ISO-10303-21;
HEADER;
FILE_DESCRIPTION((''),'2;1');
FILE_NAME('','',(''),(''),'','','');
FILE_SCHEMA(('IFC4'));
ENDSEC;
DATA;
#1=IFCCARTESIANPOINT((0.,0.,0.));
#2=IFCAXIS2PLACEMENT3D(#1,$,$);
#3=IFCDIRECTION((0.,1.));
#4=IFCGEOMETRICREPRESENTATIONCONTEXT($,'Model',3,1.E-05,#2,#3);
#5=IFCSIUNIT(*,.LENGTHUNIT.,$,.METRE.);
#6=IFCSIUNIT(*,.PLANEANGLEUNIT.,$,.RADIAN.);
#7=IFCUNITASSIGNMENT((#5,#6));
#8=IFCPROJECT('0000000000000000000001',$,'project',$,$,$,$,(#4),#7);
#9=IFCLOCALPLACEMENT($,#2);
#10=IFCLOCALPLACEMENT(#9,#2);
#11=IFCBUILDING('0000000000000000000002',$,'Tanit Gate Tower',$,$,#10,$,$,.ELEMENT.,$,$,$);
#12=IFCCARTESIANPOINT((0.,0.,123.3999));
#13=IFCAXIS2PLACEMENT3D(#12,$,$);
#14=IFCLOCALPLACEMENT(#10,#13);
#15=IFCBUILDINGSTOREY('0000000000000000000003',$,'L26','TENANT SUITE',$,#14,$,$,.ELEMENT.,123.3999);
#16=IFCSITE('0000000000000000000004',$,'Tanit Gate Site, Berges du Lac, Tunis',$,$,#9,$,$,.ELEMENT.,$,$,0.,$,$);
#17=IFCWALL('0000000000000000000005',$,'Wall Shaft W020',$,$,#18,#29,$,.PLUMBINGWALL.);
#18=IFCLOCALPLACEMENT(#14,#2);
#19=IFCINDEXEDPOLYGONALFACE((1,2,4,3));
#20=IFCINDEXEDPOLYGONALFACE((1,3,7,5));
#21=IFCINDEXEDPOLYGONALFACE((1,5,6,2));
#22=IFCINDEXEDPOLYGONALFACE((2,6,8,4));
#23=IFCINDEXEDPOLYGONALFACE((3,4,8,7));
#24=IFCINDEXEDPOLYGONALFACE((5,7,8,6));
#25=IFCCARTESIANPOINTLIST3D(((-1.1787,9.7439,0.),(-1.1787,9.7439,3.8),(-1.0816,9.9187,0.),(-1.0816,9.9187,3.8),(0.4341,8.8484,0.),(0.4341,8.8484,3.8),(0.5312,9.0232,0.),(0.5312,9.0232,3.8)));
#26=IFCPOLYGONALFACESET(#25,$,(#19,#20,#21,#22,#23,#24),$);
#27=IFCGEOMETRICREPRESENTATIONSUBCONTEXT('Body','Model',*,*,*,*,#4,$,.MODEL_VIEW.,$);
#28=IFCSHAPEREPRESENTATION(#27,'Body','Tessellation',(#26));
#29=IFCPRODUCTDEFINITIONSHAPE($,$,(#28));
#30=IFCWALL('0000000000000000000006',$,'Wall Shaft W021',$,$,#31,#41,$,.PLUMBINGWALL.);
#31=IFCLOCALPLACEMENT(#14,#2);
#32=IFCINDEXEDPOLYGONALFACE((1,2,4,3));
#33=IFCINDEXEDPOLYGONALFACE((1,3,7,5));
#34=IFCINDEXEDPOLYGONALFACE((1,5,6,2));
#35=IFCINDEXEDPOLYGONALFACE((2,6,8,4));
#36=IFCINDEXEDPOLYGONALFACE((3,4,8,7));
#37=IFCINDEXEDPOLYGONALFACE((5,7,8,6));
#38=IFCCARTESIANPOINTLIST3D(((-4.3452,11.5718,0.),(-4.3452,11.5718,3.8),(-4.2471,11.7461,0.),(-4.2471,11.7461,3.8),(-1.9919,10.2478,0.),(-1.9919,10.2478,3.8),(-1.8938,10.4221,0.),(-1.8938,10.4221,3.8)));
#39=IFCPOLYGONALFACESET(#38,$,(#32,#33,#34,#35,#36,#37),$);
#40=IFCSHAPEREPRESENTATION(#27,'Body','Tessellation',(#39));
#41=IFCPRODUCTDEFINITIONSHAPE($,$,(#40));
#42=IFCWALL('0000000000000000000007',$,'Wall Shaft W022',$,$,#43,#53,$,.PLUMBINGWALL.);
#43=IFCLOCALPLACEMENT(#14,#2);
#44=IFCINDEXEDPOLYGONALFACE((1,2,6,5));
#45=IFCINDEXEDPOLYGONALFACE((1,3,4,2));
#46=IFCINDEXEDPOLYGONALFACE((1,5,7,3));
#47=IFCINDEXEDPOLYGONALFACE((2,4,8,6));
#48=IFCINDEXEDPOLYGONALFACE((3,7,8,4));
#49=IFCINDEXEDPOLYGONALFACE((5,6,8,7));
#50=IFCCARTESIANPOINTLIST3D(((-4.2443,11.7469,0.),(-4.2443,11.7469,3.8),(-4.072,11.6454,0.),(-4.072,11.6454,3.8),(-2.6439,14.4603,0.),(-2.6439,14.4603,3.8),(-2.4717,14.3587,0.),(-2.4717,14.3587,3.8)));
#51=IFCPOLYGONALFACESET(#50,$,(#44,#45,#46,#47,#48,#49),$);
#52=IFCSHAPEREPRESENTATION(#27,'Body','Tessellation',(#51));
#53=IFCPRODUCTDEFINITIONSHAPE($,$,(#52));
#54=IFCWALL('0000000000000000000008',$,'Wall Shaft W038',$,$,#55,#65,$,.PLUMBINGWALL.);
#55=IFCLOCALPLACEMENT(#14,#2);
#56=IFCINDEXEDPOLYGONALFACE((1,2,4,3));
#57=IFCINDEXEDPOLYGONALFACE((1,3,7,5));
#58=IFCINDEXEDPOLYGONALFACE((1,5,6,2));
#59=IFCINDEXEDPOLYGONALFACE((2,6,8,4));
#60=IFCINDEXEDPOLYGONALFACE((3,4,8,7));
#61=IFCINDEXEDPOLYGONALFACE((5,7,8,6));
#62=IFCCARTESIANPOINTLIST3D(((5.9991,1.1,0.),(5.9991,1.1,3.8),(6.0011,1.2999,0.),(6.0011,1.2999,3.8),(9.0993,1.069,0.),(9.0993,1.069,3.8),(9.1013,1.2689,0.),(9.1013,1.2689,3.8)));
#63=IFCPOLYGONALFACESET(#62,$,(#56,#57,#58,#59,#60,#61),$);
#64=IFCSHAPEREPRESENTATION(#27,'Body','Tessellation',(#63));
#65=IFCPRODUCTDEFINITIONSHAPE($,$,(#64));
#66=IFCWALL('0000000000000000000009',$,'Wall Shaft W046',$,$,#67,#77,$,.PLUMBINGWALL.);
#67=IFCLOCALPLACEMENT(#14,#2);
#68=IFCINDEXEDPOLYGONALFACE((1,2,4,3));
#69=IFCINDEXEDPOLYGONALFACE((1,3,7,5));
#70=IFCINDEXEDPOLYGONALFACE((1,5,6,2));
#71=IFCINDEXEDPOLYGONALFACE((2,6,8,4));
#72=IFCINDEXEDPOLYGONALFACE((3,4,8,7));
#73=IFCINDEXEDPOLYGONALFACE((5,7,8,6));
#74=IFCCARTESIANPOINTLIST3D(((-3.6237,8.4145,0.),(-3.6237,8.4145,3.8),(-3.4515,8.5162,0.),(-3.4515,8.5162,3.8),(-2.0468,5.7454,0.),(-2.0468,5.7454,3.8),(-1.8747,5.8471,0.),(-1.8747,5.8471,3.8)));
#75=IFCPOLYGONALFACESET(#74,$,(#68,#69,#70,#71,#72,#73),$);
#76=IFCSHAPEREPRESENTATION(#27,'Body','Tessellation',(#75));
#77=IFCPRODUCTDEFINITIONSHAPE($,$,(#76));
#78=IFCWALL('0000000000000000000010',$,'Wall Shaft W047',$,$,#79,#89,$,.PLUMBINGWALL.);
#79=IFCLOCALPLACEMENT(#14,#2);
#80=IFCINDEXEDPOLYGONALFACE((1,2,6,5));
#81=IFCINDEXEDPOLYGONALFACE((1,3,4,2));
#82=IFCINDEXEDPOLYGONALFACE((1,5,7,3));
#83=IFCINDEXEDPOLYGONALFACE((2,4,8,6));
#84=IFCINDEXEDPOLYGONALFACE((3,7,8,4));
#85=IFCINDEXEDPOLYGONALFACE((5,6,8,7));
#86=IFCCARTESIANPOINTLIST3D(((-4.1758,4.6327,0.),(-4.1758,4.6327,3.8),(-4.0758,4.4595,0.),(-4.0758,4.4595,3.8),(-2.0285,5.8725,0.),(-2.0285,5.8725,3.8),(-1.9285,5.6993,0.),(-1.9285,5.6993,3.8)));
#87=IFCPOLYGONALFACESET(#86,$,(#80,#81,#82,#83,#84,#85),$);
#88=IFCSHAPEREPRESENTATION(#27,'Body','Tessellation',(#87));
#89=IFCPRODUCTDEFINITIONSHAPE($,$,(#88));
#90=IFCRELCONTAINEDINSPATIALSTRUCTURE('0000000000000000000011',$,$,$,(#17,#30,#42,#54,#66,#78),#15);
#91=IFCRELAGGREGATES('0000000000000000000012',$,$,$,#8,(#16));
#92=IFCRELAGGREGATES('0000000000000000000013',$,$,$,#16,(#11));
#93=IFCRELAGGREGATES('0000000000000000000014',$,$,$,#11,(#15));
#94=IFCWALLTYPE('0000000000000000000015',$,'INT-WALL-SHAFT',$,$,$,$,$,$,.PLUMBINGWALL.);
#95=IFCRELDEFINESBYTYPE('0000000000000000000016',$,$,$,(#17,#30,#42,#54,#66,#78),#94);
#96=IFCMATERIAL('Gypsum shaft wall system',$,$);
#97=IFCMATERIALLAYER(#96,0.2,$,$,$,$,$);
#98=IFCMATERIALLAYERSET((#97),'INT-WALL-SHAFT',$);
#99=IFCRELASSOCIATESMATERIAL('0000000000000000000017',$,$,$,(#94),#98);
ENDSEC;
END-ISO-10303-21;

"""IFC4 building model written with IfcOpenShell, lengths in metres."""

from ifc_helpers import new_model, si_unit, direction, frame, frame_2d, origin, place, context, subcontext, project, spatial, rectangle, extrude, material, layer, layer_set, type_object, element, save


model = new_model("IFC4")

# Units and contexts
model_context = context("Model", 3, precision=1e-05, world=origin(), true_north=direction((0.0, 1.0)))
body_context = subcontext(model_context, "Body", "Model", "MODEL_VIEW")
ifc_project = project(units=[si_unit("LENGTHUNIT", "METRE"), si_unit("PLANEANGLEUNIT", "RADIAN")], contexts=[model_context])

# Site, building, storey
site_placement = place(None, origin())
site = spatial("IfcSite", under=ifc_project, at=site_placement, Name="Tanit Gate Site, Berges du Lac, Tunis", CompositionType="ELEMENT", RefElevation=0.0)
building_placement = place(site_placement, origin())
building = spatial("IfcBuilding", under=site, at=building_placement, Name="Tanit Gate Tower", CompositionType="ELEMENT")
storey_placement = place(building_placement, frame((0.0, 0.0, 123.3999)))
storey = spatial("IfcBuildingStorey", under=building, at=storey_placement, Name="L26", Description="TENANT SUITE", CompositionType="ELEMENT", Elevation=123.3999)

# Walls
ifc_material_1 = material(Name="Gypsum shaft wall system")
ifc_layer_1 = layer(ifc_material_1, 0.2)
ifc_layer_set_1 = layer_set([ifc_layer_1], Name="INT-WALL-SHAFT")
wall_type_1 = type_object("IfcWallType", Name="INT-WALL-SHAFT", PredefinedType="PLUMBINGWALL", material=ifc_layer_set_1)
wall_1_placement = place(storey_placement, frame((0.4827, 8.9358, 0.0), z_axis=(0.0, 0.0, 1.0), x_axis=(-0.87427, 0.485441, 0.0)))
element("IfcWall", 1, at=wall_1_placement, inside=storey, type_object=wall_type_1, Name="Wall Shaft W020", PredefinedType="PLUMBINGWALL", context=body_context, shape_type="SweptSolid", body=[
    extrude(rectangle(XDim=1.8447, YDim=0.2, at=frame_2d((0.9224, 0.0))), origin(), (0.0, 0.0, 1.0), 3.8),
])
wall_2_placement = place(storey_placement, frame((-4.2961, 11.6589, 0.0), z_axis=(0.0, 0.0, 1.0), x_axis=(0.871534, -0.490334, 0.0)))
element("IfcWall", 2, at=wall_2_placement, inside=storey, type_object=wall_type_1, Name="Wall Shaft W021", PredefinedType="PLUMBINGWALL", context=body_context, shape_type="SweptSolid", body=[
    extrude(rectangle(XDim=2.7002, YDim=0.2, at=frame_2d((1.3501, 0.0))), origin(), (0.0, 0.0, 1.0), 3.8),
])
wall_3_placement = place(storey_placement, frame((-4.1582, 11.696, 0.0), z_axis=(0.0, 0.0, 1.0), x_axis=(0.508019, 0.861346, 0.0)))
element("IfcWall", 3, at=wall_3_placement, inside=storey, type_object=wall_type_1, Name="Wall Shaft W022", PredefinedType="PLUMBINGWALL", context=body_context, shape_type="SweptSolid", body=[
    extrude(rectangle(XDim=3.1501, YDim=0.2, at=frame_2d((1.5752, 0.0))), origin(), (0.0, 0.0, 1.0), 3.8),
])

# Walls
wall_4_placement = place(storey_placement, frame((6.0, 1.2, 0.0), z_axis=(0.0, 0.0, 1.0), x_axis=(0.99995, -0.010001, 0.0)))
element("IfcWall", 4, at=wall_4_placement, inside=storey, type_object=wall_type_1, Name="Wall Shaft W038", PredefinedType="PLUMBINGWALL", context=body_context, shape_type="SweptSolid", body=[
    extrude(rectangle(XDim=3.1003, YDim=0.2, at=frame_2d((1.5503, 0.0))), origin(), (0.0, 0.0, 1.0), 3.8),
])
wall_5_placement = place(storey_placement, frame((-3.5376, 8.4653, 0.0), z_axis=(0.0, 0.0, 1.0), x_axis=(0.508647, -0.860975, 0.0)))
element("IfcWall", 5, at=wall_5_placement, inside=storey, type_object=wall_type_1, Name="Wall Shaft W046", PredefinedType="PLUMBINGWALL", context=body_context, shape_type="SweptSolid", body=[
    extrude(rectangle(XDim=3.1001, YDim=0.2, at=frame_2d((1.55, 0.0))), origin(), (0.0, 0.0, 1.0), 3.8),
])
wall_6_placement = place(storey_placement, frame((-1.9785, 5.7859, 0.0), z_axis=(0.0, 0.0, 1.0), x_axis=(-0.866017, -0.500015, 0.0)))
element("IfcWall", 6, at=wall_6_placement, inside=storey, type_object=wall_type_1, Name="Wall Shaft W047", PredefinedType="PLUMBINGWALL", context=body_context, shape_type="SweptSolid", body=[
    extrude(rectangle(XDim=2.4795, YDim=0.2, at=frame_2d((1.2397, 0.0))), origin(), (0.0, 0.0, 1.0), 3.8),
])

save(model, "model.ifc")
